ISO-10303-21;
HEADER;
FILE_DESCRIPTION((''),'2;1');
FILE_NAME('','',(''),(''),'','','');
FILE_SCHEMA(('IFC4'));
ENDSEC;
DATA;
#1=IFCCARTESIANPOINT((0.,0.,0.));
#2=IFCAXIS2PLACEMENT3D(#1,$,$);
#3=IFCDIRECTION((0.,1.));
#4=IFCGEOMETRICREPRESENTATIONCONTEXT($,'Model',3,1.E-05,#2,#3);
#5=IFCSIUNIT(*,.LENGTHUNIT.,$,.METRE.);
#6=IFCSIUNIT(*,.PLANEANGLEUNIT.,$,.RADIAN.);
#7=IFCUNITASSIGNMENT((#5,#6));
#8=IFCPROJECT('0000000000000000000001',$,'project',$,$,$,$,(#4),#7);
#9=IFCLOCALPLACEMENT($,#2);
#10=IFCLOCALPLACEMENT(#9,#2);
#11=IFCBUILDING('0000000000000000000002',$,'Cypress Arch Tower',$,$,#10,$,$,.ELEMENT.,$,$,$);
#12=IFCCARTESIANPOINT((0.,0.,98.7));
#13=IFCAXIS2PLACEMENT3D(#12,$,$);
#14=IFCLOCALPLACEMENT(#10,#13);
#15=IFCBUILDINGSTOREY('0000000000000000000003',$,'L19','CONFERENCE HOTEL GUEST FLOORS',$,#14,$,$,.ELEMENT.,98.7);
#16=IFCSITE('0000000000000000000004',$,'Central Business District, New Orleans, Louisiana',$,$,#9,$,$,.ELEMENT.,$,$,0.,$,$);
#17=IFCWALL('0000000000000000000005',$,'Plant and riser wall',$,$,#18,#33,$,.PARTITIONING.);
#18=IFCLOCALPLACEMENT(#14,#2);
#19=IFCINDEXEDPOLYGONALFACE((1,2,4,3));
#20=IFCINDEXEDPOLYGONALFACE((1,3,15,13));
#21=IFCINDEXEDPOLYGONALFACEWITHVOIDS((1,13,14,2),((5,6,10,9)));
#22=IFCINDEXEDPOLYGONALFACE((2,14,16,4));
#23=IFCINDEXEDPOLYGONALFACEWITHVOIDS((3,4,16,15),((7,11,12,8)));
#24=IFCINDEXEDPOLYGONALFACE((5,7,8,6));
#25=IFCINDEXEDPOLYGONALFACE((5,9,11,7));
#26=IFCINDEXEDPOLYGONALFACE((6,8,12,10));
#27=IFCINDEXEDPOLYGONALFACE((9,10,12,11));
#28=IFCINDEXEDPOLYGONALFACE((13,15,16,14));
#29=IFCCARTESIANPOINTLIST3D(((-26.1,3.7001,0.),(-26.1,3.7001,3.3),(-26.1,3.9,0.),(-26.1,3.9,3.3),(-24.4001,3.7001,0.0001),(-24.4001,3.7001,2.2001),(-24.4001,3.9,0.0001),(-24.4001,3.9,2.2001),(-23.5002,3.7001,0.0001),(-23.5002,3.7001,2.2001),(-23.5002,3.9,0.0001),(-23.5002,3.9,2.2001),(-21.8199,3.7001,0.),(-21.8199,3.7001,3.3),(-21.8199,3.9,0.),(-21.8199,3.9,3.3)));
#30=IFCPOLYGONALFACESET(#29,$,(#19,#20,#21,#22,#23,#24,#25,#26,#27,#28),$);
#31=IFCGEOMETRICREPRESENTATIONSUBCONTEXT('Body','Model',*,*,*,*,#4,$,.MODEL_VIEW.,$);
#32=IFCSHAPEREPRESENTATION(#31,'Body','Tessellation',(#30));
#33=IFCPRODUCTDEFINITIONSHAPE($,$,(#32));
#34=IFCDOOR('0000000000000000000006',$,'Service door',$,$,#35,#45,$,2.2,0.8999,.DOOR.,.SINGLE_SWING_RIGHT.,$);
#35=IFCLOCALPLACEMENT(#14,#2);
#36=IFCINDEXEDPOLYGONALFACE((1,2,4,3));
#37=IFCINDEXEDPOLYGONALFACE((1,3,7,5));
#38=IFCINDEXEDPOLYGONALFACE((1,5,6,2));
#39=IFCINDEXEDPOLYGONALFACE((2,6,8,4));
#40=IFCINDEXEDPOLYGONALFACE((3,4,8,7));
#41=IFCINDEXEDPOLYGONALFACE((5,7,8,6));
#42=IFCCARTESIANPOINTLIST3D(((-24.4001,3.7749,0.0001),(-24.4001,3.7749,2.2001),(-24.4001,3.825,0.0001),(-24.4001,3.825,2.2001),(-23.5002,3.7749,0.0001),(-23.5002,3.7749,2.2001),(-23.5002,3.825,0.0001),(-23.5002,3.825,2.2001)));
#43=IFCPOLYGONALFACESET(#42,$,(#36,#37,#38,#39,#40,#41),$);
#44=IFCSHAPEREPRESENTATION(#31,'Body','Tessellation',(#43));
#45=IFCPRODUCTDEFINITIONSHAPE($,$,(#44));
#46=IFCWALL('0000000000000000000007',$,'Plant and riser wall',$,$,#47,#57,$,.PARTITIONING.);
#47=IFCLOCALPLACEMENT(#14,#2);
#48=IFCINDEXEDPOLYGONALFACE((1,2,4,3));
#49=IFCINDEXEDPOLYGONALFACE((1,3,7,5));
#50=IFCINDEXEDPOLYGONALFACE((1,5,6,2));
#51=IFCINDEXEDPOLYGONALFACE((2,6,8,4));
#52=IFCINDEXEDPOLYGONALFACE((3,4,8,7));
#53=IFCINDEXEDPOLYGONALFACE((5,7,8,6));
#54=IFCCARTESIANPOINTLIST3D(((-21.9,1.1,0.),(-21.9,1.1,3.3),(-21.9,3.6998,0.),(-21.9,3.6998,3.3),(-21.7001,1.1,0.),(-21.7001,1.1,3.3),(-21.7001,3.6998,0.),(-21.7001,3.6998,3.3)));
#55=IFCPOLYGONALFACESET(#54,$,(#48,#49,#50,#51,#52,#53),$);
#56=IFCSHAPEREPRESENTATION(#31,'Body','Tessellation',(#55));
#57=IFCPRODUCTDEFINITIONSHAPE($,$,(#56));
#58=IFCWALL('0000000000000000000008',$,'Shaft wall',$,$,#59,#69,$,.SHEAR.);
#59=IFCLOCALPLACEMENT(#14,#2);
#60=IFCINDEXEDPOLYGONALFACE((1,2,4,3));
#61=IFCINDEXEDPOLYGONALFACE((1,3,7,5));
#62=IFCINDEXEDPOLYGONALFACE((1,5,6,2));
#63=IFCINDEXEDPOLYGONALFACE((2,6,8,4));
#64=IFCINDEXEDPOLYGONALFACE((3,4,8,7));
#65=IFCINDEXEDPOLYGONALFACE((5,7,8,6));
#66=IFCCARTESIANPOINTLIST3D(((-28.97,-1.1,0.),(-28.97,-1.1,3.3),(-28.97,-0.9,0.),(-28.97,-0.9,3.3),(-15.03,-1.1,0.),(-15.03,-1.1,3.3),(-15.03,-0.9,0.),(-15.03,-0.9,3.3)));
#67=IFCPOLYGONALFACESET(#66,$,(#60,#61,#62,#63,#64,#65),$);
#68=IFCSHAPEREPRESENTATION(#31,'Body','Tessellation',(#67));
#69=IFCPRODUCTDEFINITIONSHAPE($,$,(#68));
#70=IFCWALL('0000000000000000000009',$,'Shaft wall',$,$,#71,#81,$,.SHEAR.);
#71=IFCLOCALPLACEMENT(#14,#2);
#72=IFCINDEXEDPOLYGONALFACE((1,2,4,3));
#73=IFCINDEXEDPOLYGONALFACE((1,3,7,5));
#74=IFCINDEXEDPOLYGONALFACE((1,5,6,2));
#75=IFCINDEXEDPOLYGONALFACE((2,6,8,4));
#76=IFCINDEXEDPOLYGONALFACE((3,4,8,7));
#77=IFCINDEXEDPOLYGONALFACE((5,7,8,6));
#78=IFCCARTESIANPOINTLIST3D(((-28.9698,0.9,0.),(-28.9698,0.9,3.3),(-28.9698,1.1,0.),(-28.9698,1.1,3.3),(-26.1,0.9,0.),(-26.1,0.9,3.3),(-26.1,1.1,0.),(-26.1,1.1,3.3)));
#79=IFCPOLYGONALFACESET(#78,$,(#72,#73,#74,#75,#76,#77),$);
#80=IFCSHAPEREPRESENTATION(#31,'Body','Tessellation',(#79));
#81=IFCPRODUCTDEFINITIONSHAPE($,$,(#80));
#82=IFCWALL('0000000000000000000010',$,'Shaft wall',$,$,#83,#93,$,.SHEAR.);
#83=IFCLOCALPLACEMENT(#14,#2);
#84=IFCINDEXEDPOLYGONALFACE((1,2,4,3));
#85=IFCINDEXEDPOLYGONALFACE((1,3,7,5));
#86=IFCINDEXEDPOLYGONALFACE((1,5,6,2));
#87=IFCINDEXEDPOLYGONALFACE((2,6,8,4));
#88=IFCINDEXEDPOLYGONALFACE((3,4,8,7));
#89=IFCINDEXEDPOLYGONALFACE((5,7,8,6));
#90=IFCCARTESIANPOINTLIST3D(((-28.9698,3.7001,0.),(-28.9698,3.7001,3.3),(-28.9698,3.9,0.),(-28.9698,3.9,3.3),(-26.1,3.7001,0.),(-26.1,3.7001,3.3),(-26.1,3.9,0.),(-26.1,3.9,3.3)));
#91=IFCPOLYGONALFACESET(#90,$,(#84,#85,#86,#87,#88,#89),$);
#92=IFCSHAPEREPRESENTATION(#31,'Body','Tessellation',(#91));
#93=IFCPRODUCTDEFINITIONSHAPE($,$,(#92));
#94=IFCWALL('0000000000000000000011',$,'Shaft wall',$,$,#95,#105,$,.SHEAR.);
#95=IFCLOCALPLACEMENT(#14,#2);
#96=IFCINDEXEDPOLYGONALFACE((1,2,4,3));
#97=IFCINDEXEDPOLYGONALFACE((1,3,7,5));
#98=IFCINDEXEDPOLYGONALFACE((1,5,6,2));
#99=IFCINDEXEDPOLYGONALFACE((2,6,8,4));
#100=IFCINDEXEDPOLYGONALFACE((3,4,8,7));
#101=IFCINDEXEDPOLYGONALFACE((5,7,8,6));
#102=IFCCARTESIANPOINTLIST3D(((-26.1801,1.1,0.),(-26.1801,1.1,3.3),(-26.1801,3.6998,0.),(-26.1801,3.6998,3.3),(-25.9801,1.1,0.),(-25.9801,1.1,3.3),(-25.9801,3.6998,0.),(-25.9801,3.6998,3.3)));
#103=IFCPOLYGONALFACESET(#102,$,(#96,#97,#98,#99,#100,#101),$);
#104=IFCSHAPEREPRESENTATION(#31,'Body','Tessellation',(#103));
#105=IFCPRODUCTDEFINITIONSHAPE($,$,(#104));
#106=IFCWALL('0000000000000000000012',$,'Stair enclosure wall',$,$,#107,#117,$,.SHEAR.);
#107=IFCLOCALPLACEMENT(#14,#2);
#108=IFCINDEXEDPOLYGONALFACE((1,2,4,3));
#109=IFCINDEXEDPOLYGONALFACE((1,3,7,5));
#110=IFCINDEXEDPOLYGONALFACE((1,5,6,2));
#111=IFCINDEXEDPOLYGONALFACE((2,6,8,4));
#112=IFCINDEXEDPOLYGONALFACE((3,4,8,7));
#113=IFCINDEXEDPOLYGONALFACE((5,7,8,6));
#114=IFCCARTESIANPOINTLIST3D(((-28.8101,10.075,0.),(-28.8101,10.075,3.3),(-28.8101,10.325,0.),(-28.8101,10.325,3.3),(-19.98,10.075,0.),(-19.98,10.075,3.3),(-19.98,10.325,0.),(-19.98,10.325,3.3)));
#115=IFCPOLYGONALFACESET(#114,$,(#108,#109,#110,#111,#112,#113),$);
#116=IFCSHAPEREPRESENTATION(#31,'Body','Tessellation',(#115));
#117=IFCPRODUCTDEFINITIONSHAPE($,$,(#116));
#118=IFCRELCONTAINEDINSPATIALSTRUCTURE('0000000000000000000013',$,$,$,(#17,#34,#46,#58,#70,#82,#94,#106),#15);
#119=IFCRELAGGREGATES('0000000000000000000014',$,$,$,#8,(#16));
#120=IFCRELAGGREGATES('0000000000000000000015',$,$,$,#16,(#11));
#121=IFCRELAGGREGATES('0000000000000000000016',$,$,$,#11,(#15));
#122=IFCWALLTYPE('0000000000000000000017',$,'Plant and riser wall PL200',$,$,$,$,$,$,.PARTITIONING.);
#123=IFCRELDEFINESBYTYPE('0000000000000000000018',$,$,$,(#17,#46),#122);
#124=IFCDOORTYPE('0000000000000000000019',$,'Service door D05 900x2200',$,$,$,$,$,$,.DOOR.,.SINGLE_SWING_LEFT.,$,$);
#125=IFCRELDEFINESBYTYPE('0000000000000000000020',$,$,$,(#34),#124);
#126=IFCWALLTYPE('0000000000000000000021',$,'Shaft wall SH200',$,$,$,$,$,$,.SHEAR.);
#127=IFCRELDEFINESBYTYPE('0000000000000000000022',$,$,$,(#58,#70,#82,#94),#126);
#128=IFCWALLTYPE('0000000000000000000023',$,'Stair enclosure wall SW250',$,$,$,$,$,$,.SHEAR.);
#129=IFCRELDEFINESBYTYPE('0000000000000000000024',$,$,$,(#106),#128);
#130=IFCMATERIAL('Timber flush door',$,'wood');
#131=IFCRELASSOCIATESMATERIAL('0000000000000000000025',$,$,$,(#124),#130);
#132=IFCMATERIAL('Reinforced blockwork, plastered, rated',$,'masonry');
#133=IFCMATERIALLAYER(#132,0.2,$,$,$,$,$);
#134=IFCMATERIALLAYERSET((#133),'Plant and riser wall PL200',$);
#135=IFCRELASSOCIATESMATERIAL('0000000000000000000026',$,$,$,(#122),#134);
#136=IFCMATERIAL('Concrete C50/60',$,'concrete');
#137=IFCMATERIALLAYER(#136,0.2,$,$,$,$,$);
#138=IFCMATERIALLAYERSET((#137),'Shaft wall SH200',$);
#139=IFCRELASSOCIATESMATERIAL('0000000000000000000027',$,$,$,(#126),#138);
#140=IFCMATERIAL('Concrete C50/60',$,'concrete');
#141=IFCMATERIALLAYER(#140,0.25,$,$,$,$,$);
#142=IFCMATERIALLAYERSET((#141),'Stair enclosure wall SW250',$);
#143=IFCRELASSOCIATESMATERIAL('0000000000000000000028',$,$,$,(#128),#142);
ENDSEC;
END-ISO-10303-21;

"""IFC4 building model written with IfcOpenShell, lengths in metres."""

from ifc_helpers import new_model, si_unit, direction, frame, frame_2d, origin, place, context, subcontext, project, spatial, rectangle, extrude, material, layer, layer_set, type_object, element, fill, save


model = new_model("IFC4")

# Units and contexts
model_context = context("Model", 3, precision=1e-05, world=origin(), true_north=direction((0.0, 1.0)))
body_context = subcontext(model_context, "Body", "Model", "MODEL_VIEW")
ifc_project = project(units=[si_unit("LENGTHUNIT", "METRE"), si_unit("PLANEANGLEUNIT", "RADIAN")], contexts=[model_context])

# Site, building, storey
site_placement = place(None, origin())
site = spatial("IfcSite", under=ifc_project, at=site_placement, Name="Central Business District, New Orleans, Louisiana", CompositionType="ELEMENT", RefElevation=0.0)
building_placement = place(site_placement, origin())
building = spatial("IfcBuilding", under=site, at=building_placement, Name="Cypress Arch Tower", CompositionType="ELEMENT")
storey_placement = place(building_placement, frame((0.0, 0.0, 98.7)))
storey = spatial("IfcBuildingStorey", under=building, at=storey_placement, Name="L19", Description="CONFERENCE HOTEL GUEST FLOORS", CompositionType="ELEMENT", Elevation=98.7)

# Shared definitions
ifc_material_1 = material(Name="Timber flush door", Category="wood")
door_type_1 = type_object("IfcDoorType", Name="Service door D05 900x2200", OperationType="SINGLE_SWING_LEFT", PredefinedType="DOOR", material=ifc_material_1)

# Shared definitions
ifc_material_2 = material(Name="Reinforced blockwork, plastered, rated", Category="masonry")
ifc_layer_1 = layer(ifc_material_2, 0.2)
ifc_layer_set_1 = layer_set([ifc_layer_1], Name="Plant and riser wall PL200")
wall_type_1 = type_object("IfcWallType", Name="Plant and riser wall PL200", PredefinedType="PARTITIONING", material=ifc_layer_set_1)

# Wall, opening, door
wall_1_placement = place(storey_placement, frame((-26.1001, 3.8, 0.0), z_axis=(0.0, 0.0, 1.0), x_axis=(1.0, 0.0, 0.0)))
wall_1 = element("IfcWall", 1, at=wall_1_placement, inside=storey, type_object=wall_type_1, Name="Plant and riser wall", PredefinedType="PARTITIONING", context=body_context, shape_type="SweptSolid", body=[
    extrude(rectangle(XDim=4.28, YDim=0.2, at=frame_2d((2.1401, 0.0))), origin(), (0.0, 0.0, 1.0), 3.3),
])
opening_1_placement = place(wall_1_placement, frame((1.7, 0.0, 0.0)))
opening_1 = element("IfcOpeningElement", 2, at=opening_1_placement, cuts=wall_1, PredefinedType="OPENING", context=body_context, shape_type="SweptSolid", body=[
    extrude(rectangle(XDim=0.8999, YDim=2.2, at=frame_2d((0.45, 1.1001))), frame((0.0, 0.1099, 0.0), z_axis=(0.0, -1.0, 0.0), x_axis=(1.0, 0.0, 0.0)), (0.0, 0.0, 1.0), 0.22),
])
door_1_placement = place(opening_1_placement, origin())
door_1 = element("IfcDoor", 3, at=door_1_placement, inside=storey, type_object=door_type_1, Name="Service door", OperationType="SINGLE_SWING_RIGHT", OverallHeight=2.2, OverallWidth=0.8999, PredefinedType="DOOR", context=body_context, shape_type="SweptSolid", body=[
    extrude(rectangle(XDim=0.8999, YDim=2.2, at=frame_2d((0.45, 1.1001))), frame((0.0, 0.0249, 0.0), z_axis=(0.0, -1.0, 0.0), x_axis=(1.0, 0.0, 0.0)), (0.0, 0.0, 1.0), 0.05),
])
fill(opening_1, door_1)

# Walls
wall_2_placement = place(storey_placement, frame((-21.8, 1.1001, 0.0), z_axis=(0.0, 0.0, 1.0), x_axis=(0.0, 1.0, 0.0)))
element("IfcWall", 4, at=wall_2_placement, inside=storey, type_object=wall_type_1, Name="Plant and riser wall", PredefinedType="PARTITIONING", context=body_context, shape_type="SweptSolid", body=[
    extrude(rectangle(XDim=2.5999, YDim=0.2, at=frame_2d((1.2998, 0.0))), origin(), (0.0, 0.0, 1.0), 3.3),
])
ifc_material_3 = material(Name="Concrete C50/60", Category="concrete")
ifc_layer_2 = layer(ifc_material_3, 0.2)
ifc_layer_set_2 = layer_set([ifc_layer_2], Name="Shaft wall SH200")
wall_type_2 = type_object("IfcWallType", Name="Shaft wall SH200", PredefinedType="SHEAR", material=ifc_layer_set_2)
wall_3_placement = place(storey_placement, frame((-28.97, -1.0, 0.0), z_axis=(0.0, 0.0, 1.0), x_axis=(1.0, 0.0, 0.0)))
element("IfcWall", 5, at=wall_3_placement, inside=storey, type_object=wall_type_2, Name="Shaft wall", PredefinedType="SHEAR", context=body_context, shape_type="SweptSolid", body=[
    extrude(rectangle(XDim=13.9399, YDim=0.2, at=frame_2d((6.97, 0.0))), origin(), (0.0, 0.0, 1.0), 3.3),
])
for number, where, z_axis, x_axis, name in (
    (6, (-28.97, 1.0, 0.0), (0.0, 0.0, 1.0), (1.0, 0.0, 0.0), "Shaft wall"),
    (7, (-28.97, 3.8, 0.0), (0.0, 0.0, 1.0), (1.0, 0.0, 0.0), "Shaft wall"),
):
    element("IfcWall", number, at=place(storey_placement, frame(where, z_axis=z_axis, x_axis=x_axis)), inside=storey, type_object=wall_type_2, Name=name, PredefinedType="SHEAR", context=body_context, shape_type="SweptSolid", body=[
        extrude(rectangle(XDim=2.8699, YDim=0.2, at=frame_2d((1.4351, 0.0))), origin(), (0.0, 0.0, 1.0), 3.3),
    ])
wall_4_placement = place(storey_placement, frame((-26.0801, 1.1001, 0.0), z_axis=(0.0, 0.0, 1.0), x_axis=(0.0, 1.0, 0.0)))
element("IfcWall", 8, at=wall_4_placement, inside=storey, type_object=wall_type_2, Name="Shaft wall", PredefinedType="SHEAR", context=body_context, shape_type="SweptSolid", body=[
    extrude(rectangle(XDim=2.5999, YDim=0.2, at=frame_2d((1.2998, 0.0))), origin(), (0.0, 0.0, 1.0), 3.3),
])
ifc_material_4 = material(Name="Concrete C50/60", Category="concrete")
ifc_layer_3 = layer(ifc_material_4, 0.25)
ifc_layer_set_3 = layer_set([ifc_layer_3], Name="Stair enclosure wall SW250")
wall_type_3 = type_object("IfcWallType", Name="Stair enclosure wall SW250", PredefinedType="SHEAR", material=ifc_layer_set_3)
wall_5_placement = place(storey_placement, frame((-28.8101, 10.2, 0.0), z_axis=(0.0, 0.0, 1.0), x_axis=(1.0, 0.0, 0.0)))
element("IfcWall", 9, at=wall_5_placement, inside=storey, type_object=wall_type_3, Name="Stair enclosure wall", PredefinedType="SHEAR", context=body_context, shape_type="SweptSolid", body=[
    extrude(rectangle(XDim=8.8301, YDim=0.25, at=frame_2d((4.415, 0.0))), origin(), (0.0, 0.0, 1.0), 3.3),
])

save(model, "model.ifc")
